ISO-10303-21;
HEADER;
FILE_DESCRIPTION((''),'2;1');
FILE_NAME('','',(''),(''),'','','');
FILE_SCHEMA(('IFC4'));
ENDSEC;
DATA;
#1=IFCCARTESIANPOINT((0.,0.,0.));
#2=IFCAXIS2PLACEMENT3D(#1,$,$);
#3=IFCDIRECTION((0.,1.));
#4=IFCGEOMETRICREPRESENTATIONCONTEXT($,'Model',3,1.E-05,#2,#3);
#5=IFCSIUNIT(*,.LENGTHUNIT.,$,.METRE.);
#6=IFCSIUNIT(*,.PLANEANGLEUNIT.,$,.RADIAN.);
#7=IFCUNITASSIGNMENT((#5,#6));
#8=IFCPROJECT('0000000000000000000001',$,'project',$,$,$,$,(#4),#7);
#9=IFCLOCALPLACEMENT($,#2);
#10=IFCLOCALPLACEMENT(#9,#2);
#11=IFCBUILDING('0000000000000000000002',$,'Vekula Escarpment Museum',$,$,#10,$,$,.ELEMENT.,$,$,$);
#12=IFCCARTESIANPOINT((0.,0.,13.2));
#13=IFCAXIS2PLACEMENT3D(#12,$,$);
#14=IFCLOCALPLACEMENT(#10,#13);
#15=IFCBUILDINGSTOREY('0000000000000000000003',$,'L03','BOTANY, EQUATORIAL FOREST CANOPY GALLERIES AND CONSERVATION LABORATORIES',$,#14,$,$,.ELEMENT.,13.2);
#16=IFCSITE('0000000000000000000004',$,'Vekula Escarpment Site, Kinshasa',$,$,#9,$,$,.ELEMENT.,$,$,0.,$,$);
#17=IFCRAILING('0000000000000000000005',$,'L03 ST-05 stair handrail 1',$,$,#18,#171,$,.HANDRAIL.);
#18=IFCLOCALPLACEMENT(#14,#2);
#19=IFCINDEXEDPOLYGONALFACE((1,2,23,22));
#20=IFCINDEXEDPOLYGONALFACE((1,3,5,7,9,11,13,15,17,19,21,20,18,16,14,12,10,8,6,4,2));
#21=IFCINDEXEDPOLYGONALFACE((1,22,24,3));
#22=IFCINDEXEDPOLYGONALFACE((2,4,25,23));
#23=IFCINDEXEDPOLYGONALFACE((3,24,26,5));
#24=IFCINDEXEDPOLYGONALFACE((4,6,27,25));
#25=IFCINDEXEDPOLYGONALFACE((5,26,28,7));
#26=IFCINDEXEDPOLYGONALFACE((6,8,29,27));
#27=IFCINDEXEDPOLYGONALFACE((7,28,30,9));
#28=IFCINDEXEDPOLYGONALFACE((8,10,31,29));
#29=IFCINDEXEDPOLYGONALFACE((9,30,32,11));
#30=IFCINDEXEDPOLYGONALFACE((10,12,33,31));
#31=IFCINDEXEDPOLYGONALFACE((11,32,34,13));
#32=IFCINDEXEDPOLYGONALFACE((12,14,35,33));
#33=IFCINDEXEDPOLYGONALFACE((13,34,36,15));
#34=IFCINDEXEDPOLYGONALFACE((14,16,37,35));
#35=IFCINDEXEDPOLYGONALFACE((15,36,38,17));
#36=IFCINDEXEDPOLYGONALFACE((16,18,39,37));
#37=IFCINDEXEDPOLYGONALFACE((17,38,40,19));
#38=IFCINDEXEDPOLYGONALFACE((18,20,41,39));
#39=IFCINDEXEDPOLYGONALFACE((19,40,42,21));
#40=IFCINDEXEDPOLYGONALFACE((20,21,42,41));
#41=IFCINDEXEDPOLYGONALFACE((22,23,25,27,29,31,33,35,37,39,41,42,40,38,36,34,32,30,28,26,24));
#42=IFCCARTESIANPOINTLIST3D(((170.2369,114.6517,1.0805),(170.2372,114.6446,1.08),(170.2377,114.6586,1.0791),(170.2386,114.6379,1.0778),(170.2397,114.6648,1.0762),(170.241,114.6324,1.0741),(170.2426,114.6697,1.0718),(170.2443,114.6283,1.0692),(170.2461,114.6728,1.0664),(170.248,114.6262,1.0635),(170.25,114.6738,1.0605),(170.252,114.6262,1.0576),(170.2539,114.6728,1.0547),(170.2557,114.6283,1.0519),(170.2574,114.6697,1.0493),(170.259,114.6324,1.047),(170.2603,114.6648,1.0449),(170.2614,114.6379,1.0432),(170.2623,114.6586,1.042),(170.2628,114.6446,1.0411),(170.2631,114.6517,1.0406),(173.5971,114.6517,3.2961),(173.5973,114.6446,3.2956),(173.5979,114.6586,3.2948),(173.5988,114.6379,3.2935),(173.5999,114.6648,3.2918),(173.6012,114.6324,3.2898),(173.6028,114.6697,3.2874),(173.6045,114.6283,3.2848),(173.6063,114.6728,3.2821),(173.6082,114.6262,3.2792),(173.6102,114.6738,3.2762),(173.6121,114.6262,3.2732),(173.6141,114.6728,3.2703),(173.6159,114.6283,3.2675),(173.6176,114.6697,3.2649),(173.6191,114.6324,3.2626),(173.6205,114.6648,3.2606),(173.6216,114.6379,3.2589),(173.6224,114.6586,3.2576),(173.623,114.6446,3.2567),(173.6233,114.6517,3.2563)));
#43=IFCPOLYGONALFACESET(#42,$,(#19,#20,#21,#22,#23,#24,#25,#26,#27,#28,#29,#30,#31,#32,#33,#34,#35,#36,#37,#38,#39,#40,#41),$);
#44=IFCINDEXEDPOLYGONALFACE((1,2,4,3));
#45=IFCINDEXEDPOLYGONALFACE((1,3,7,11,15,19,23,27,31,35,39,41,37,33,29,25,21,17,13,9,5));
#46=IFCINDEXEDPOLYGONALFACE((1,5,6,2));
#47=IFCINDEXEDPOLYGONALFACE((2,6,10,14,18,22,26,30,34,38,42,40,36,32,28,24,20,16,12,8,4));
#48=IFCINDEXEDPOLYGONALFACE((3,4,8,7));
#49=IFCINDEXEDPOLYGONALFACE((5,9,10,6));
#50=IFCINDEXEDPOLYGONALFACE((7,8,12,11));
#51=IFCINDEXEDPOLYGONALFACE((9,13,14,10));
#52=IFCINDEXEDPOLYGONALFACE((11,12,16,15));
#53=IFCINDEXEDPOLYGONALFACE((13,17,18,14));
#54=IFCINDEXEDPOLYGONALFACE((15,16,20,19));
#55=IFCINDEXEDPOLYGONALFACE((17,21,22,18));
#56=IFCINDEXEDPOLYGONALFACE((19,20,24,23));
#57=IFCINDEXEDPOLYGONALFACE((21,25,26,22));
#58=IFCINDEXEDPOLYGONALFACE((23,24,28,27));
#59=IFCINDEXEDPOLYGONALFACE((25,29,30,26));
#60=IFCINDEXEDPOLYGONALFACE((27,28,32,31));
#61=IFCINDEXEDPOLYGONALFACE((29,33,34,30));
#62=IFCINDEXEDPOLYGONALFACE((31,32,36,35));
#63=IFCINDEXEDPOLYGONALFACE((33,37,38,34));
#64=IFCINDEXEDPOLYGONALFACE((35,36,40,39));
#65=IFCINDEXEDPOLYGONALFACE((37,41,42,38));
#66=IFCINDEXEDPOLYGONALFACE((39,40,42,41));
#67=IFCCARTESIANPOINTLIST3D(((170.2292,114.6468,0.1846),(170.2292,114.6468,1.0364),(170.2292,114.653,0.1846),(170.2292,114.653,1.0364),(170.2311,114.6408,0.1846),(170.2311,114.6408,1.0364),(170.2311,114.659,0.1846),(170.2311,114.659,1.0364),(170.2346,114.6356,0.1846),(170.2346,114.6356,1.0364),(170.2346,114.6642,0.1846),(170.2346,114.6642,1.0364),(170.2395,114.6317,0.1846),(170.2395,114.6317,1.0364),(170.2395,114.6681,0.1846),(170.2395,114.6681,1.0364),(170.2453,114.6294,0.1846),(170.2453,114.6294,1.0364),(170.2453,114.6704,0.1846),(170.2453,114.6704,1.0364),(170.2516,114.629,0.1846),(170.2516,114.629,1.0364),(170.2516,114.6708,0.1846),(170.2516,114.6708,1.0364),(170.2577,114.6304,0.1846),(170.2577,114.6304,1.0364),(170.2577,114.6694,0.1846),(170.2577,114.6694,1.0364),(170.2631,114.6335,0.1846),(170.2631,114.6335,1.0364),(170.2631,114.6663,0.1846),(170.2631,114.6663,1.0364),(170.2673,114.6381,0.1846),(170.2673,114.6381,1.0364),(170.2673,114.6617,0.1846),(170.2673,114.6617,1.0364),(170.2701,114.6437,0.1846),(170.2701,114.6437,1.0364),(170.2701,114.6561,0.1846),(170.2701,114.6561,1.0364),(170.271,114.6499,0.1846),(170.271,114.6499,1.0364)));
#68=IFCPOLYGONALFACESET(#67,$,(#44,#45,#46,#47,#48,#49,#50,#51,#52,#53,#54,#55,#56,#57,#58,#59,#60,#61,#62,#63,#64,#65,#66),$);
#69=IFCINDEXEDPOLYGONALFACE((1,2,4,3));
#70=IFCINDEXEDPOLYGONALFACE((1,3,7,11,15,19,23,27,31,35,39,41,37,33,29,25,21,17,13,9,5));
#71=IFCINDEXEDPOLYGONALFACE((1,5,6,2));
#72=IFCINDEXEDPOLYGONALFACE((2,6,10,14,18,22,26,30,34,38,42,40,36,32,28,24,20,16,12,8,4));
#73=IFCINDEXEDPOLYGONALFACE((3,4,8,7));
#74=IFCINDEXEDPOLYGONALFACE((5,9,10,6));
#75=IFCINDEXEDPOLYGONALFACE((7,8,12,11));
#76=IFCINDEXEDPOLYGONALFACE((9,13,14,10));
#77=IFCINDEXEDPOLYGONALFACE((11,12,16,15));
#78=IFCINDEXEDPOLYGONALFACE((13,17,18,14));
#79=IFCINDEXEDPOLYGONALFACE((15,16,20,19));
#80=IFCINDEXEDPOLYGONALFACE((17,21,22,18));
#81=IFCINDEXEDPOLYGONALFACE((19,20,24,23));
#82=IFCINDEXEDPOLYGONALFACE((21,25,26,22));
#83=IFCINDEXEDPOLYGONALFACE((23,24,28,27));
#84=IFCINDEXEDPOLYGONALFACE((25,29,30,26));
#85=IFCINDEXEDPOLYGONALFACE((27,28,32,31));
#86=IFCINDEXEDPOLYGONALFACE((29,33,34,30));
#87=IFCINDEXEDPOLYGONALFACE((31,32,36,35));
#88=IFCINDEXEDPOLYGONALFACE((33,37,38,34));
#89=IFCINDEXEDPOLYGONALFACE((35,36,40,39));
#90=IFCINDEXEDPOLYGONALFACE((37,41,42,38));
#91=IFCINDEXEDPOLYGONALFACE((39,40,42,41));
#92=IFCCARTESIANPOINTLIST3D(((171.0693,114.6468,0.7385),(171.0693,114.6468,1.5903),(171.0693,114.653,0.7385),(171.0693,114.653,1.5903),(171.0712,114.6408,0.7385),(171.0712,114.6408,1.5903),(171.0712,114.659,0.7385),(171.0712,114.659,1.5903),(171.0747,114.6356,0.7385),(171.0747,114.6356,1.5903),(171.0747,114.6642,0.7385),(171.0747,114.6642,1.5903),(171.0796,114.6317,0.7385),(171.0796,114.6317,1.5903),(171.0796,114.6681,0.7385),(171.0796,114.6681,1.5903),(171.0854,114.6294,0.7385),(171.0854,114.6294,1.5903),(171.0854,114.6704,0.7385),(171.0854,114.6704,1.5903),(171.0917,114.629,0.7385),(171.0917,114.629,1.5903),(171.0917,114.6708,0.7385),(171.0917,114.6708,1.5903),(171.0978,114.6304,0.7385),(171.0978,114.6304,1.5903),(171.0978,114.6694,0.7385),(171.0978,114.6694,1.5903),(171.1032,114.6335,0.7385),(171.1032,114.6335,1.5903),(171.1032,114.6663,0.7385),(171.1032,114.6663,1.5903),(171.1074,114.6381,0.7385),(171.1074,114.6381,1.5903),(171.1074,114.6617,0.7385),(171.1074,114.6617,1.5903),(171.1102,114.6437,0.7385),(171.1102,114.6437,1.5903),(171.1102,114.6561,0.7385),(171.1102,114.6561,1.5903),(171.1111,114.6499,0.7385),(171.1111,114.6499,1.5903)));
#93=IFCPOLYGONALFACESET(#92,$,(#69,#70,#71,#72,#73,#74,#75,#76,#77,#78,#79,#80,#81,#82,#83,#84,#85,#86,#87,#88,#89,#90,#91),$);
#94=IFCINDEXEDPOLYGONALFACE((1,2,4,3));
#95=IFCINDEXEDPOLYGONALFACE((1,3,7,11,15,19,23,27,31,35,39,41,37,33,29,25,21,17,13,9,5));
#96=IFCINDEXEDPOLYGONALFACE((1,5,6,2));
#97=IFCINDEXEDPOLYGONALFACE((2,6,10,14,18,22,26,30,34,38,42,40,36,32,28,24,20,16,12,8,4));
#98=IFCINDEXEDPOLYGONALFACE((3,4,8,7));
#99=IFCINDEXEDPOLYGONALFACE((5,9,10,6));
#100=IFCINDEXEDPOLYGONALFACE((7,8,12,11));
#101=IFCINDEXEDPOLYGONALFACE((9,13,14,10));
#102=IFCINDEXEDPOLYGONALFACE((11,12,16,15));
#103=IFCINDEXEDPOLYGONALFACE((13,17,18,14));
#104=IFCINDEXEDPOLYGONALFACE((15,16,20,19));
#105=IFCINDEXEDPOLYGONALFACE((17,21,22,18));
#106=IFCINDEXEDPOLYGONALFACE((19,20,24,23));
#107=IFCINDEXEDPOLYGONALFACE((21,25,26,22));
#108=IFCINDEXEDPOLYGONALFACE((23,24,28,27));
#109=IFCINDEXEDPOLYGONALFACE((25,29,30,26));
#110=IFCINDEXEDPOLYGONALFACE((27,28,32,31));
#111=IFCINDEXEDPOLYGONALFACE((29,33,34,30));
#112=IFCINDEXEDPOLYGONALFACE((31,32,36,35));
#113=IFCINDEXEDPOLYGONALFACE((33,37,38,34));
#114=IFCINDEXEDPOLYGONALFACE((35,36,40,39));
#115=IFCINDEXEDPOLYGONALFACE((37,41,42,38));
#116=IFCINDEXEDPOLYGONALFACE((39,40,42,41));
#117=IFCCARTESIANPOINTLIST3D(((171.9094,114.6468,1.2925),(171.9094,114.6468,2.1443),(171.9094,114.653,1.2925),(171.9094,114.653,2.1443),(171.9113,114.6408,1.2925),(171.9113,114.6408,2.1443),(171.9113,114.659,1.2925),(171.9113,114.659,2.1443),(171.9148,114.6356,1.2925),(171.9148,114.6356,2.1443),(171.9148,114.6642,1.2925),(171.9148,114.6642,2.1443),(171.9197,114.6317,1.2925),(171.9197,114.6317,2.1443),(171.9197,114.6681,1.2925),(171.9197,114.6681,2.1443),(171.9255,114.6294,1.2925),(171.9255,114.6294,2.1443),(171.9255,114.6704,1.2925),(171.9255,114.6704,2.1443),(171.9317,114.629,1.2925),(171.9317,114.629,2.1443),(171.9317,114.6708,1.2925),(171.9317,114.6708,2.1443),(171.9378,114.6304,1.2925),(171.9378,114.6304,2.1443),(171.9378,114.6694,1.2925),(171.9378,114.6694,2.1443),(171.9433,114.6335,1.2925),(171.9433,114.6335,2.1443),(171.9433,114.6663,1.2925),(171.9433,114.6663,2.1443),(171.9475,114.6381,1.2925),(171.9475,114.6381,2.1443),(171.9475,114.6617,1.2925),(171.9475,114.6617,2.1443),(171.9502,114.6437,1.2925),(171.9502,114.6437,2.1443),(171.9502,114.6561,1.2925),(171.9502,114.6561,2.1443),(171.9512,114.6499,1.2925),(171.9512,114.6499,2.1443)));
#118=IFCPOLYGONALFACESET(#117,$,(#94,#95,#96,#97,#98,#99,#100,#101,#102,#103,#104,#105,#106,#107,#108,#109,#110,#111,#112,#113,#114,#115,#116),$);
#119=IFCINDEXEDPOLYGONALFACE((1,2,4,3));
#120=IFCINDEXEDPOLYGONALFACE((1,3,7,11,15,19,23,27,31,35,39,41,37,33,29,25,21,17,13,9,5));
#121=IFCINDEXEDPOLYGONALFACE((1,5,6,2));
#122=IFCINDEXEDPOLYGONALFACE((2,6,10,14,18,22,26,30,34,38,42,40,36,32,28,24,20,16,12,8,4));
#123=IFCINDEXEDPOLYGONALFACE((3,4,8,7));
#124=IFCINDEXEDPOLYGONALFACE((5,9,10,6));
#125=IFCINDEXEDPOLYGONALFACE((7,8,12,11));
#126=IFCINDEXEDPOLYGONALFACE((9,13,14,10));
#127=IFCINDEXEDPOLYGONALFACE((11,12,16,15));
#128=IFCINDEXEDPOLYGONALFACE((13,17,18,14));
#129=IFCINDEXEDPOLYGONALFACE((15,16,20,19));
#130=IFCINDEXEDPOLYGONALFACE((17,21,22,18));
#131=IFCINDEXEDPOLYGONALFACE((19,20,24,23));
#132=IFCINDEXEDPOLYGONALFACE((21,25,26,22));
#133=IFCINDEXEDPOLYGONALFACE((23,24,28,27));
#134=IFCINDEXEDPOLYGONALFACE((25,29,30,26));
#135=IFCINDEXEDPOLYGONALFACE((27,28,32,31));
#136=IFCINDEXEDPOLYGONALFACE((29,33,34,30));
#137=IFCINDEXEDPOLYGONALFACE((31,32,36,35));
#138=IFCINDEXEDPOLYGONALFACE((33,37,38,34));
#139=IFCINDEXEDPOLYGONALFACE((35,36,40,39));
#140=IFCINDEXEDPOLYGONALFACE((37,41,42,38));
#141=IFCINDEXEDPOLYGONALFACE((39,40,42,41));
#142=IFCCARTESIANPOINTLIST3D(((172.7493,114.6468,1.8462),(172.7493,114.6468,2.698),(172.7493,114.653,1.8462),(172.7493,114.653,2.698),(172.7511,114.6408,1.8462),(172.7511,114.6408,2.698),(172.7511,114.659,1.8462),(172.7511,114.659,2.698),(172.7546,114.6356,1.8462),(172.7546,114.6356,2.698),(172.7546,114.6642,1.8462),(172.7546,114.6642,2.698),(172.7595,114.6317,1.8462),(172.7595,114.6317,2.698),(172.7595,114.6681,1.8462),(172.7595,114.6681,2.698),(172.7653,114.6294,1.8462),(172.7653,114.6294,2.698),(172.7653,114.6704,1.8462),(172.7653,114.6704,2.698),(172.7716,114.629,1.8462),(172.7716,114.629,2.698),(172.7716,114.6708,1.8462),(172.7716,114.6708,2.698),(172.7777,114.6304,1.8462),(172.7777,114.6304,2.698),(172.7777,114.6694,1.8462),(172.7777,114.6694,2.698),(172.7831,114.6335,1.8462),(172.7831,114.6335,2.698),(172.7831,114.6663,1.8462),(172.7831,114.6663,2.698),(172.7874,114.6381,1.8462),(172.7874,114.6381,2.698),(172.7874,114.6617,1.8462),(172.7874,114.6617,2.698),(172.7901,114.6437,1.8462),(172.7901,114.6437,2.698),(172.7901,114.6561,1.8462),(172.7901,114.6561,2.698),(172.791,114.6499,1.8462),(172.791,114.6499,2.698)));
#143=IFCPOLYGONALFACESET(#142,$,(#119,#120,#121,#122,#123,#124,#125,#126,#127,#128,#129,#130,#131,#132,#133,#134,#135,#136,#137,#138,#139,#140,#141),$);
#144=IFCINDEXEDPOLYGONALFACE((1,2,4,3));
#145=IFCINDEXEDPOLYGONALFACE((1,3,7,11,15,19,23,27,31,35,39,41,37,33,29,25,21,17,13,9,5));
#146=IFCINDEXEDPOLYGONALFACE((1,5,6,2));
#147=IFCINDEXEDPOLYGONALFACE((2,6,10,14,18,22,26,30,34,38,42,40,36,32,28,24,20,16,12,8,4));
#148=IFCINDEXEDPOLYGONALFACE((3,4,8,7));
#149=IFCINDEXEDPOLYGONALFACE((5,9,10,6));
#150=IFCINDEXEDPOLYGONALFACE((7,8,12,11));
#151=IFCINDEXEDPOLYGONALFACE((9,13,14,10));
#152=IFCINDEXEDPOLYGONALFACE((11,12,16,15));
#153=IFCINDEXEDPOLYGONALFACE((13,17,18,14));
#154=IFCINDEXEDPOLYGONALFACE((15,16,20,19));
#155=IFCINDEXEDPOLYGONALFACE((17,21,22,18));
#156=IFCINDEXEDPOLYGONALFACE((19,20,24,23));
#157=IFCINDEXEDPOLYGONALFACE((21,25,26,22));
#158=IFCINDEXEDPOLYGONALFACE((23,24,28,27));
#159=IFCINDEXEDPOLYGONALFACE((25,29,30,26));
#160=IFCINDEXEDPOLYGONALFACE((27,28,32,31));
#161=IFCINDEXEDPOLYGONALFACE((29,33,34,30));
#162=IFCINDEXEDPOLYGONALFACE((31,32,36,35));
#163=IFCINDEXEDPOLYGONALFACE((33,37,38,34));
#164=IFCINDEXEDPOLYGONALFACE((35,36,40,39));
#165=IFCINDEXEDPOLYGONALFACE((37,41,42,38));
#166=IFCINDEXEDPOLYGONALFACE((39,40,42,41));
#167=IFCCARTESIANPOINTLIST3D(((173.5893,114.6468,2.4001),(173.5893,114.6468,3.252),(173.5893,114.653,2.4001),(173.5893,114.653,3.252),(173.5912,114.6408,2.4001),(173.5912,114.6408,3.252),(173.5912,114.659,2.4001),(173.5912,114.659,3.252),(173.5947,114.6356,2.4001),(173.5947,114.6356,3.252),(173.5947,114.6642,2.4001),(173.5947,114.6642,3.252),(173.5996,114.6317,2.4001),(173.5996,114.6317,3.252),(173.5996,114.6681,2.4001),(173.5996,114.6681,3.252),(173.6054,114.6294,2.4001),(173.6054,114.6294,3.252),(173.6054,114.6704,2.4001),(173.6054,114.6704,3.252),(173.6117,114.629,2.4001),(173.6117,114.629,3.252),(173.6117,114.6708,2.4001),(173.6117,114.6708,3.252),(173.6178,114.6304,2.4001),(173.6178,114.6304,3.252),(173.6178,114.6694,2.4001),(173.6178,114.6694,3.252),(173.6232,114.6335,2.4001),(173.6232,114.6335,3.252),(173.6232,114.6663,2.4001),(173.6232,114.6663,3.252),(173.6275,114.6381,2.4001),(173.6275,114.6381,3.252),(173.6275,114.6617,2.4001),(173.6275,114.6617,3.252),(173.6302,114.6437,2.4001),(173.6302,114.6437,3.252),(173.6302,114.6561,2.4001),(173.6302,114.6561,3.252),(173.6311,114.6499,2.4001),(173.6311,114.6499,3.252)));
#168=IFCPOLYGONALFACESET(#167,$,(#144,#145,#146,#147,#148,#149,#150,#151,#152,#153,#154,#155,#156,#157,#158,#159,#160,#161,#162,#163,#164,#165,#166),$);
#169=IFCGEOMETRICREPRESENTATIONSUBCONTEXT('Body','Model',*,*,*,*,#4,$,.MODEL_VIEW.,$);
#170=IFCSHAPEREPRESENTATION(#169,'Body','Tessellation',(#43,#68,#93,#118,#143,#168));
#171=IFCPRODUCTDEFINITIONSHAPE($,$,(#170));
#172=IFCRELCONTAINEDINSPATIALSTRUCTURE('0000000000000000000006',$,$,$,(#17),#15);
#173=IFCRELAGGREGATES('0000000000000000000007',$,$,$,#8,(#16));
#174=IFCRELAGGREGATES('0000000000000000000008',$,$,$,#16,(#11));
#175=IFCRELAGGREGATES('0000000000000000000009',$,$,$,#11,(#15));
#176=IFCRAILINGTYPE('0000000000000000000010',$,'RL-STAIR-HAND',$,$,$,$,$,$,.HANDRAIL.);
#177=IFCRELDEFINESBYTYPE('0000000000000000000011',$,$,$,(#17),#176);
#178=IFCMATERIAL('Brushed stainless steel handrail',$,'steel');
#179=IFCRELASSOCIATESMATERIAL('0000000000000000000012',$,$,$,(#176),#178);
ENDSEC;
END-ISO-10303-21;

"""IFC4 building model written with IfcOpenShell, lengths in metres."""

from ifc_helpers import new_model, si_unit, direction, frame, origin, origin_2d, place, context, subcontext, project, spatial, circle, extrude, material, type_object, element, save


model = new_model("IFC4")

# Units and contexts
model_context = context("Model", 3, precision=1e-05, world=origin(), true_north=direction((0.0, 1.0)))
body_context = subcontext(model_context, "Body", "Model", "MODEL_VIEW")
ifc_project = project(units=[si_unit("LENGTHUNIT", "METRE"), si_unit("PLANEANGLEUNIT", "RADIAN")], contexts=[model_context])

# Site, building, storey
site_placement = place(None, origin())
site = spatial("IfcSite", under=ifc_project, at=site_placement, Name="Vekula Escarpment Site, Kinshasa", CompositionType="ELEMENT", RefElevation=0.0)
building_placement = place(site_placement, origin())
building = spatial("IfcBuilding", under=site, at=building_placement, Name="Vekula Escarpment Museum", CompositionType="ELEMENT")
storey_placement = place(building_placement, frame((0.0, 0.0, 13.2)))
storey = spatial("IfcBuildingStorey", under=building, at=storey_placement, Name="L03", Description="BOTANY, EQUATORIAL FOREST CANOPY GALLERIES AND CONSERVATION LABORATORIES", CompositionType="ELEMENT", Elevation=13.2)

# Railing
ifc_material_1 = material(Name="Brushed stainless steel handrail", Category="steel")
railing_type_1 = type_object("IfcRailingType", Name="RL-STAIR-HAND", PredefinedType="HANDRAIL", material=ifc_material_1)
railing_1_placement = place(storey_placement, frame((170.25, 114.6499, 0.1846)))
element("IfcRailing", 1, at=railing_1_placement, inside=storey, type_object=railing_type_1, Name="L03 ST-05 stair handrail 1", PredefinedType="HANDRAIL", context=body_context, shape_type="SweptSolid", body=[
    extrude(circle(Radius=0.0239, at=origin_2d()), frame((0.0, 0.0, 0.876), z_axis=(0.834849, 0.0, 0.55048), x_axis=(0.0, 1.0, 0.0)), (0.0, 0.0, 1.0), 4.0249),
    extrude(circle(Radius=0.021, at=origin_2d()), origin(), (0.0, 0.0, 1.0), 0.8518),
    extrude(circle(Radius=0.021, at=origin_2d()), frame((0.8401, 0.0, 0.554)), (0.0, 0.0, 1.0), 0.8518),
    extrude(circle(Radius=0.021, at=origin_2d()), frame((1.6802, 0.0, 1.1079)), (0.0, 0.0, 1.0), 0.8518),
    extrude(circle(Radius=0.021, at=origin_2d()), frame((2.52, 0.0, 1.6616)), (0.0, 0.0, 1.0), 0.8518),
    extrude(circle(Radius=0.021, at=origin_2d()), frame((3.3601, 0.0, 2.2156)), (0.0, 0.0, 1.0), 0.8518),
])

save(model, "model.ifc")
